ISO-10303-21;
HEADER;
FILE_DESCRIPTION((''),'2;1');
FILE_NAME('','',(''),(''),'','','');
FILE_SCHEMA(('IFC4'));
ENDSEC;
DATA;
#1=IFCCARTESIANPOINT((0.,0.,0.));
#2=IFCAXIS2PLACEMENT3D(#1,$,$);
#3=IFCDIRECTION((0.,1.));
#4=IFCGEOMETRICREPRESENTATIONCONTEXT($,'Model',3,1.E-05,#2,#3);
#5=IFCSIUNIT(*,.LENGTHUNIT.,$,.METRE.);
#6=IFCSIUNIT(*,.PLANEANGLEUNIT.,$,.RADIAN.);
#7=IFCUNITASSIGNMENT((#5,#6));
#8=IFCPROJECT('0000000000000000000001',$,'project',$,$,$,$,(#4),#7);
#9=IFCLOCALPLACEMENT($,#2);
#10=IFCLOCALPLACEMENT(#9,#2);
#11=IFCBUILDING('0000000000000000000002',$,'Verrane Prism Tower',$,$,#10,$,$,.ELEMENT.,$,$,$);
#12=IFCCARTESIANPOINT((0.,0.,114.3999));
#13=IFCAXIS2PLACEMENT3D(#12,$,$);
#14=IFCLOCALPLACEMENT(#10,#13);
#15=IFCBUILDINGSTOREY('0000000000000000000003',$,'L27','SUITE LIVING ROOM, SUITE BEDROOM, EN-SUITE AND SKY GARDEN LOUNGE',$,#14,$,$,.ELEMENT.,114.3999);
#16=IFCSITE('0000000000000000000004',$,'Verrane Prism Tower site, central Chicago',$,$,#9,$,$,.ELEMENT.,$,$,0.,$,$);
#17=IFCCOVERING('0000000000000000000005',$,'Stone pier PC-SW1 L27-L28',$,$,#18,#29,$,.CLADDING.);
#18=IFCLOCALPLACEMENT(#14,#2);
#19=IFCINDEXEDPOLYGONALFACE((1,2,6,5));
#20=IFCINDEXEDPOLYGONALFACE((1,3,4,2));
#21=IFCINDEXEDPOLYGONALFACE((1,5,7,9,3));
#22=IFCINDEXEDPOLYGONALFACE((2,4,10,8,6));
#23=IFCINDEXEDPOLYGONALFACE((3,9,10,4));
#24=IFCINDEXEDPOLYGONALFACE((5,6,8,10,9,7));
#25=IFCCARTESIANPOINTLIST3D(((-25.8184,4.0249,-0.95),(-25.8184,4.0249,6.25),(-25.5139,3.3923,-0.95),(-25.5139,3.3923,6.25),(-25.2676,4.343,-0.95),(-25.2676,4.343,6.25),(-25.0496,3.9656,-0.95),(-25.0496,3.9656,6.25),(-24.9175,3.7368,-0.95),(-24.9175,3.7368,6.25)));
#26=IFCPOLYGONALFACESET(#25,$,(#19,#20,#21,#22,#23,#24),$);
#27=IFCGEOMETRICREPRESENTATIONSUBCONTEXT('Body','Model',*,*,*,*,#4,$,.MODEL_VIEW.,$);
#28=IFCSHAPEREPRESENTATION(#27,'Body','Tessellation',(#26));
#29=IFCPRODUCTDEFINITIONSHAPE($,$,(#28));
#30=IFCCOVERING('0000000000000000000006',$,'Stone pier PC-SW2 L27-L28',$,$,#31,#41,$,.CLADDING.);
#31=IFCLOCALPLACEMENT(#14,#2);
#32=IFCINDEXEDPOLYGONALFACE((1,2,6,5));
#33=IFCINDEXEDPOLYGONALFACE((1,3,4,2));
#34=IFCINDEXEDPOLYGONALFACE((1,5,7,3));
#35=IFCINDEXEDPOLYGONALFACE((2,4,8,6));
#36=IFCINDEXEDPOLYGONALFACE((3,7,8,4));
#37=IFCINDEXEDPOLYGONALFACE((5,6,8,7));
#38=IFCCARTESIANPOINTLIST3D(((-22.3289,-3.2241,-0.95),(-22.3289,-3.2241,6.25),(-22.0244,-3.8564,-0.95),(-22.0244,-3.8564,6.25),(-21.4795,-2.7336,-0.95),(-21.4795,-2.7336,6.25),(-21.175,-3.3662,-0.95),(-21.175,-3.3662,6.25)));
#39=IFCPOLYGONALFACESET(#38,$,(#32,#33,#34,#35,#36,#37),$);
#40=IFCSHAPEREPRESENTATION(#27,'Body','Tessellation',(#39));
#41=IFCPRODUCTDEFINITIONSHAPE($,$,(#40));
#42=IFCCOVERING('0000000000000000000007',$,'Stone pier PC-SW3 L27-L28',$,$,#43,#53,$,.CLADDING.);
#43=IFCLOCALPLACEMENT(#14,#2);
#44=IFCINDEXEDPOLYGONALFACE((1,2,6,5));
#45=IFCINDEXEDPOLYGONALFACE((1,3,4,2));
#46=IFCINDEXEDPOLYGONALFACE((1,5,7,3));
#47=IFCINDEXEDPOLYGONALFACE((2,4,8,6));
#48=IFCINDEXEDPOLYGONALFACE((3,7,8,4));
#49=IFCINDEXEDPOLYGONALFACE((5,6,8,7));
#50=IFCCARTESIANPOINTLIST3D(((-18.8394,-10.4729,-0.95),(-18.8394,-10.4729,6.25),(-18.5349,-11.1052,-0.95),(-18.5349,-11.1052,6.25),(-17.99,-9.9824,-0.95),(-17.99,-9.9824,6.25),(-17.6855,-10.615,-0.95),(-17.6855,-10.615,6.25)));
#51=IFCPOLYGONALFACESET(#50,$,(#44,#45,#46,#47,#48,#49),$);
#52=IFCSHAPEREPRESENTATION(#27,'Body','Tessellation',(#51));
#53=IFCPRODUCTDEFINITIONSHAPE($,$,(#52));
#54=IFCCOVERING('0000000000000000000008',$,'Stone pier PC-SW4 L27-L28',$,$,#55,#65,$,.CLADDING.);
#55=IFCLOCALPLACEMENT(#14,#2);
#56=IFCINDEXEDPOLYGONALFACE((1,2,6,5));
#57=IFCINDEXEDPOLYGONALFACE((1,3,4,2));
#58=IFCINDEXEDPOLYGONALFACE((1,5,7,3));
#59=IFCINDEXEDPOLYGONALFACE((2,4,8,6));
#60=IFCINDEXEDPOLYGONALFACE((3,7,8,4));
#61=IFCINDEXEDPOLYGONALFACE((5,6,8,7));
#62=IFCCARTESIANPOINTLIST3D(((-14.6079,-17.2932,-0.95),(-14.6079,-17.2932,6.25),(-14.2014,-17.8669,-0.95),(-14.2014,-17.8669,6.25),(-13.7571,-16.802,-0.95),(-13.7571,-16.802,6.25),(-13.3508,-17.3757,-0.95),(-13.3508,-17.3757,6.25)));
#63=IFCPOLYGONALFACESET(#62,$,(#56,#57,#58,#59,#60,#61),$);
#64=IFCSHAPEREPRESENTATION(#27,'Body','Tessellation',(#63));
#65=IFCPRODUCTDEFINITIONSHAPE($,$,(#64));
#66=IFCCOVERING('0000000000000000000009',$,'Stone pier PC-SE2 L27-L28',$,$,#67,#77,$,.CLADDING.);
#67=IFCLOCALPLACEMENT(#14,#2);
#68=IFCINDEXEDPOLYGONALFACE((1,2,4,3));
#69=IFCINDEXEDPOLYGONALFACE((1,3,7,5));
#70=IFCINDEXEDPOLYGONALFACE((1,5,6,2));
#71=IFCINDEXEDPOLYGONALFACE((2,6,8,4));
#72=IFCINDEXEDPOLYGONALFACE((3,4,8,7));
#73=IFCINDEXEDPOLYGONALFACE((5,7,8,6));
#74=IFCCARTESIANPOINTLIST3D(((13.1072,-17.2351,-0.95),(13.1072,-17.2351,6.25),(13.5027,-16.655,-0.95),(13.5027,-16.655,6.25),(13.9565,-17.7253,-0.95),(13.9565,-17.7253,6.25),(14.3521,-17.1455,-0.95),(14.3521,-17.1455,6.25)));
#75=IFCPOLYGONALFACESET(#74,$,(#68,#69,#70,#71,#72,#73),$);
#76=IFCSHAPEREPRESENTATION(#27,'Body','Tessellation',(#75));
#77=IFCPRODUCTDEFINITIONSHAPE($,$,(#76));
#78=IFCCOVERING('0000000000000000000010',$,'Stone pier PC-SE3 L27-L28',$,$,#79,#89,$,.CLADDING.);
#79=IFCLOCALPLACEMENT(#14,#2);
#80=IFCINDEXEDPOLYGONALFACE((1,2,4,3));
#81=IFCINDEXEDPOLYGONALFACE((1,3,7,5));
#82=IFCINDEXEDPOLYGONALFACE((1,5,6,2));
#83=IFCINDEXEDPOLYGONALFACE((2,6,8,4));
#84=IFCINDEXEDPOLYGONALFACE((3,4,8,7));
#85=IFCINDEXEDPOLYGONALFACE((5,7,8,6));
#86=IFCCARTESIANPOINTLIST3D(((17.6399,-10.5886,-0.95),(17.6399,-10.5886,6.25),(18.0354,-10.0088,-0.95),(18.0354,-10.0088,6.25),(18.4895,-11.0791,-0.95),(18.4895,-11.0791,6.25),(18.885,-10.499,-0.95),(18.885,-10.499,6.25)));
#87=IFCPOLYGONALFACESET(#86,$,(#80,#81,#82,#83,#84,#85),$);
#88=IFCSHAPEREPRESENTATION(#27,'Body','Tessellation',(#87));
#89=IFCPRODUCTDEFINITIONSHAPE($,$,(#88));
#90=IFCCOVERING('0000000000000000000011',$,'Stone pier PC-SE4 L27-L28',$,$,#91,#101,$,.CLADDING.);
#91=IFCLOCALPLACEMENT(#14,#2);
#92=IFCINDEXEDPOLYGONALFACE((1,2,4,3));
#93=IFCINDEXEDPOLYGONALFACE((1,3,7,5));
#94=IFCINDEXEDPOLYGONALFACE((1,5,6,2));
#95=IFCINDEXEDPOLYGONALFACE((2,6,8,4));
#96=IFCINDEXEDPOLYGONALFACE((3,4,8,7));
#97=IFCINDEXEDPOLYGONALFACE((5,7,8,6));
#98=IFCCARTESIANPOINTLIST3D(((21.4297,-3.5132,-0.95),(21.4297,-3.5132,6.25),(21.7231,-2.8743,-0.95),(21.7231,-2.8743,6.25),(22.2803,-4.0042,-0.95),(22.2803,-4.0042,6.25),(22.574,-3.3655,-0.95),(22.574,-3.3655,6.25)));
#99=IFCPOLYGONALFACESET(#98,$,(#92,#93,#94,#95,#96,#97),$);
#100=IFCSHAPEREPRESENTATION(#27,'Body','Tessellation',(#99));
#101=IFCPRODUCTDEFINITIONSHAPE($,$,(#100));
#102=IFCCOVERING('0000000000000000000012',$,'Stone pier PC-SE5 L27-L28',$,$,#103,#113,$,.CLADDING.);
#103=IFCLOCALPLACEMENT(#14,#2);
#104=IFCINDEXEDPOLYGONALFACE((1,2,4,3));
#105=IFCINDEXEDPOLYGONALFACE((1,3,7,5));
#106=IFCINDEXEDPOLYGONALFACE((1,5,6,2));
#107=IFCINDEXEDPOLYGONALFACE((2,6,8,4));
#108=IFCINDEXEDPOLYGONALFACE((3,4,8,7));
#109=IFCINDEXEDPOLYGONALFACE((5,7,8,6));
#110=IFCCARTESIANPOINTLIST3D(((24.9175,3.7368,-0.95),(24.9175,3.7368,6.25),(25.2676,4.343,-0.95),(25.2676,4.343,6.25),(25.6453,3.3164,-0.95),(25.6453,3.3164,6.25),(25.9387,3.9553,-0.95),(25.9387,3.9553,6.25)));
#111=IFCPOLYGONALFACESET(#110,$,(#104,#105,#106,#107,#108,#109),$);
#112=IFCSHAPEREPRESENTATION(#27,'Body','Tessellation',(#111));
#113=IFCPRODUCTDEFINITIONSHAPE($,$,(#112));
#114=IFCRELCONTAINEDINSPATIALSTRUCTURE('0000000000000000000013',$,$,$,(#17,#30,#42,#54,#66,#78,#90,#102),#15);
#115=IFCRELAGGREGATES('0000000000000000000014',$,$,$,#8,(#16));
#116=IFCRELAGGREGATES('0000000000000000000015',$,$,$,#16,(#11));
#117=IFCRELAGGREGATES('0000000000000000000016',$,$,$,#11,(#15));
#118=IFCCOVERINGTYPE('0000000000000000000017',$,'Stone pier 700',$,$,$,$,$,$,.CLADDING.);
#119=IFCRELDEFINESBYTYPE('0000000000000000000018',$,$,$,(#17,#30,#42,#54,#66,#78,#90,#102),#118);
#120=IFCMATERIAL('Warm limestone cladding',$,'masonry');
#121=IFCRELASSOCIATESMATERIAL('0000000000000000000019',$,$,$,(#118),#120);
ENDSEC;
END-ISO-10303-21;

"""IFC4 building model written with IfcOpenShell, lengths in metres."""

from ifc_helpers import new_model, si_unit, direction, frame, origin, place, context, subcontext, project, spatial, polyline, outline, extrude, material, type_object, element, save


model = new_model("IFC4")

# Units and contexts
model_context = context("Model", 3, precision=1e-05, world=origin(), true_north=direction((0.0, 1.0)))
body_context = subcontext(model_context, "Body", "Model", "MODEL_VIEW")
ifc_project = project(units=[si_unit("LENGTHUNIT", "METRE"), si_unit("PLANEANGLEUNIT", "RADIAN")], contexts=[model_context])

# Site, building, storey
site_placement = place(None, origin())
site = spatial("IfcSite", under=ifc_project, at=site_placement, Name="Verrane Prism Tower site, central Chicago", CompositionType="ELEMENT", RefElevation=0.0)
building_placement = place(site_placement, origin())
building = spatial("IfcBuilding", under=site, at=building_placement, Name="Verrane Prism Tower", CompositionType="ELEMENT")
storey_placement = place(building_placement, frame((0.0, 0.0, 114.3999)))
storey = spatial("IfcBuildingStorey", under=building, at=storey_placement, Name="L27", Description="SUITE LIVING ROOM, SUITE BEDROOM, EN-SUITE AND SKY GARDEN LOUNGE", CompositionType="ELEMENT", Elevation=114.3999)

# Coverings
ifc_material_1 = material(Name="Warm limestone cladding", Category="masonry")
covering_type_1 = type_object("IfcCoveringType", Name="Stone pier 700", PredefinedType="CLADDING", material=ifc_material_1)
covering_1_placement = place(storey_placement, frame((0.0, 0.0, -0.95)))
element("IfcCovering", 1, at=covering_1_placement, inside=storey, type_object=covering_type_1, Name="Stone pier PC-SW1 L27-L28", PredefinedType="CLADDING", context=body_context, shape_type="SweptSolid", body=[
    extrude(outline(polyline([(-24.9175, 3.7368), (-25.0496, 3.9656), (-25.2676, 4.343), (-25.8184, 4.0249), (-25.5139, 3.3923), (-24.9175, 3.7368)])), origin(), (0.0, 0.0, 1.0), 7.2),
])
covering_2_placement = place(storey_placement, frame((0.0, 0.0, -0.95)))
element("IfcCovering", 2, at=covering_2_placement, inside=storey, type_object=covering_type_1, Name="Stone pier PC-SW2 L27-L28", PredefinedType="CLADDING", context=body_context, shape_type="SweptSolid", body=[
    extrude(outline(polyline([(-22.0244, -3.8564), (-21.175, -3.3662), (-21.4795, -2.7336), (-22.3289, -3.2241), (-22.0244, -3.8564)])), origin(), (0.0, 0.0, 1.0), 7.2),
])
covering_3_placement = place(storey_placement, frame((0.0, 0.0, -0.95)))
element("IfcCovering", 3, at=covering_3_placement, inside=storey, type_object=covering_type_1, Name="Stone pier PC-SW3 L27-L28", PredefinedType="CLADDING", context=body_context, shape_type="SweptSolid", body=[
    extrude(outline(polyline([(-18.5349, -11.1052), (-17.6855, -10.615), (-17.99, -9.9824), (-18.8394, -10.4729), (-18.5349, -11.1052)])), origin(), (0.0, 0.0, 1.0), 7.2),
])
covering_4_placement = place(storey_placement, frame((0.0, 0.0, -0.95)))
element("IfcCovering", 4, at=covering_4_placement, inside=storey, type_object=covering_type_1, Name="Stone pier PC-SW4 L27-L28", PredefinedType="CLADDING", context=body_context, shape_type="SweptSolid", body=[
    extrude(outline(polyline([(-14.2014, -17.8669), (-13.3508, -17.3757), (-13.7571, -16.802), (-14.6079, -17.2932), (-14.2014, -17.8669)])), origin(), (0.0, 0.0, 1.0), 7.2),
])
covering_5_placement = place(storey_placement, frame((0.0, 0.0, -0.95)))
element("IfcCovering", 5, at=covering_5_placement, inside=storey, type_object=covering_type_1, Name="Stone pier PC-SE2 L27-L28", PredefinedType="CLADDING", context=body_context, shape_type="SweptSolid", body=[
    extrude(outline(polyline([(14.3521, -17.1455), (13.5027, -16.655), (13.1072, -17.2351), (13.9565, -17.7253), (14.3521, -17.1455)])), origin(), (0.0, 0.0, 1.0), 7.2),
])
covering_6_placement = place(storey_placement, frame((0.0, 0.0, -0.95)))
element("IfcCovering", 6, at=covering_6_placement, inside=storey, type_object=covering_type_1, Name="Stone pier PC-SE3 L27-L28", PredefinedType="CLADDING", context=body_context, shape_type="SweptSolid", body=[
    extrude(outline(polyline([(18.885, -10.499), (18.0354, -10.0088), (17.6399, -10.5886), (18.4895, -11.0791), (18.885, -10.499)])), origin(), (0.0, 0.0, 1.0), 7.2),
])
covering_7_placement = place(storey_placement, frame((0.0, 0.0, -0.95)))
element("IfcCovering", 7, at=covering_7_placement, inside=storey, type_object=covering_type_1, Name="Stone pier PC-SE4 L27-L28", PredefinedType="CLADDING", context=body_context, shape_type="SweptSolid", body=[
    extrude(outline(polyline([(22.574, -3.3655), (21.7231, -2.8743), (21.4297, -3.5132), (22.2803, -4.0042), (22.574, -3.3655)])), origin(), (0.0, 0.0, 1.0), 7.2),
])
covering_8_placement = place(storey_placement, frame((0.0, 0.0, -0.95)))
element("IfcCovering", 8, at=covering_8_placement, inside=storey, type_object=covering_type_1, Name="Stone pier PC-SE5 L27-L28", PredefinedType="CLADDING", context=body_context, shape_type="SweptSolid", body=[
    extrude(outline(polyline([(25.2676, 4.343), (24.9175, 3.7368), (25.6453, 3.3164), (25.9387, 3.9553), (25.2676, 4.343)])), origin(), (0.0, 0.0, 1.0), 7.2),
])

save(model, "model.ifc")
